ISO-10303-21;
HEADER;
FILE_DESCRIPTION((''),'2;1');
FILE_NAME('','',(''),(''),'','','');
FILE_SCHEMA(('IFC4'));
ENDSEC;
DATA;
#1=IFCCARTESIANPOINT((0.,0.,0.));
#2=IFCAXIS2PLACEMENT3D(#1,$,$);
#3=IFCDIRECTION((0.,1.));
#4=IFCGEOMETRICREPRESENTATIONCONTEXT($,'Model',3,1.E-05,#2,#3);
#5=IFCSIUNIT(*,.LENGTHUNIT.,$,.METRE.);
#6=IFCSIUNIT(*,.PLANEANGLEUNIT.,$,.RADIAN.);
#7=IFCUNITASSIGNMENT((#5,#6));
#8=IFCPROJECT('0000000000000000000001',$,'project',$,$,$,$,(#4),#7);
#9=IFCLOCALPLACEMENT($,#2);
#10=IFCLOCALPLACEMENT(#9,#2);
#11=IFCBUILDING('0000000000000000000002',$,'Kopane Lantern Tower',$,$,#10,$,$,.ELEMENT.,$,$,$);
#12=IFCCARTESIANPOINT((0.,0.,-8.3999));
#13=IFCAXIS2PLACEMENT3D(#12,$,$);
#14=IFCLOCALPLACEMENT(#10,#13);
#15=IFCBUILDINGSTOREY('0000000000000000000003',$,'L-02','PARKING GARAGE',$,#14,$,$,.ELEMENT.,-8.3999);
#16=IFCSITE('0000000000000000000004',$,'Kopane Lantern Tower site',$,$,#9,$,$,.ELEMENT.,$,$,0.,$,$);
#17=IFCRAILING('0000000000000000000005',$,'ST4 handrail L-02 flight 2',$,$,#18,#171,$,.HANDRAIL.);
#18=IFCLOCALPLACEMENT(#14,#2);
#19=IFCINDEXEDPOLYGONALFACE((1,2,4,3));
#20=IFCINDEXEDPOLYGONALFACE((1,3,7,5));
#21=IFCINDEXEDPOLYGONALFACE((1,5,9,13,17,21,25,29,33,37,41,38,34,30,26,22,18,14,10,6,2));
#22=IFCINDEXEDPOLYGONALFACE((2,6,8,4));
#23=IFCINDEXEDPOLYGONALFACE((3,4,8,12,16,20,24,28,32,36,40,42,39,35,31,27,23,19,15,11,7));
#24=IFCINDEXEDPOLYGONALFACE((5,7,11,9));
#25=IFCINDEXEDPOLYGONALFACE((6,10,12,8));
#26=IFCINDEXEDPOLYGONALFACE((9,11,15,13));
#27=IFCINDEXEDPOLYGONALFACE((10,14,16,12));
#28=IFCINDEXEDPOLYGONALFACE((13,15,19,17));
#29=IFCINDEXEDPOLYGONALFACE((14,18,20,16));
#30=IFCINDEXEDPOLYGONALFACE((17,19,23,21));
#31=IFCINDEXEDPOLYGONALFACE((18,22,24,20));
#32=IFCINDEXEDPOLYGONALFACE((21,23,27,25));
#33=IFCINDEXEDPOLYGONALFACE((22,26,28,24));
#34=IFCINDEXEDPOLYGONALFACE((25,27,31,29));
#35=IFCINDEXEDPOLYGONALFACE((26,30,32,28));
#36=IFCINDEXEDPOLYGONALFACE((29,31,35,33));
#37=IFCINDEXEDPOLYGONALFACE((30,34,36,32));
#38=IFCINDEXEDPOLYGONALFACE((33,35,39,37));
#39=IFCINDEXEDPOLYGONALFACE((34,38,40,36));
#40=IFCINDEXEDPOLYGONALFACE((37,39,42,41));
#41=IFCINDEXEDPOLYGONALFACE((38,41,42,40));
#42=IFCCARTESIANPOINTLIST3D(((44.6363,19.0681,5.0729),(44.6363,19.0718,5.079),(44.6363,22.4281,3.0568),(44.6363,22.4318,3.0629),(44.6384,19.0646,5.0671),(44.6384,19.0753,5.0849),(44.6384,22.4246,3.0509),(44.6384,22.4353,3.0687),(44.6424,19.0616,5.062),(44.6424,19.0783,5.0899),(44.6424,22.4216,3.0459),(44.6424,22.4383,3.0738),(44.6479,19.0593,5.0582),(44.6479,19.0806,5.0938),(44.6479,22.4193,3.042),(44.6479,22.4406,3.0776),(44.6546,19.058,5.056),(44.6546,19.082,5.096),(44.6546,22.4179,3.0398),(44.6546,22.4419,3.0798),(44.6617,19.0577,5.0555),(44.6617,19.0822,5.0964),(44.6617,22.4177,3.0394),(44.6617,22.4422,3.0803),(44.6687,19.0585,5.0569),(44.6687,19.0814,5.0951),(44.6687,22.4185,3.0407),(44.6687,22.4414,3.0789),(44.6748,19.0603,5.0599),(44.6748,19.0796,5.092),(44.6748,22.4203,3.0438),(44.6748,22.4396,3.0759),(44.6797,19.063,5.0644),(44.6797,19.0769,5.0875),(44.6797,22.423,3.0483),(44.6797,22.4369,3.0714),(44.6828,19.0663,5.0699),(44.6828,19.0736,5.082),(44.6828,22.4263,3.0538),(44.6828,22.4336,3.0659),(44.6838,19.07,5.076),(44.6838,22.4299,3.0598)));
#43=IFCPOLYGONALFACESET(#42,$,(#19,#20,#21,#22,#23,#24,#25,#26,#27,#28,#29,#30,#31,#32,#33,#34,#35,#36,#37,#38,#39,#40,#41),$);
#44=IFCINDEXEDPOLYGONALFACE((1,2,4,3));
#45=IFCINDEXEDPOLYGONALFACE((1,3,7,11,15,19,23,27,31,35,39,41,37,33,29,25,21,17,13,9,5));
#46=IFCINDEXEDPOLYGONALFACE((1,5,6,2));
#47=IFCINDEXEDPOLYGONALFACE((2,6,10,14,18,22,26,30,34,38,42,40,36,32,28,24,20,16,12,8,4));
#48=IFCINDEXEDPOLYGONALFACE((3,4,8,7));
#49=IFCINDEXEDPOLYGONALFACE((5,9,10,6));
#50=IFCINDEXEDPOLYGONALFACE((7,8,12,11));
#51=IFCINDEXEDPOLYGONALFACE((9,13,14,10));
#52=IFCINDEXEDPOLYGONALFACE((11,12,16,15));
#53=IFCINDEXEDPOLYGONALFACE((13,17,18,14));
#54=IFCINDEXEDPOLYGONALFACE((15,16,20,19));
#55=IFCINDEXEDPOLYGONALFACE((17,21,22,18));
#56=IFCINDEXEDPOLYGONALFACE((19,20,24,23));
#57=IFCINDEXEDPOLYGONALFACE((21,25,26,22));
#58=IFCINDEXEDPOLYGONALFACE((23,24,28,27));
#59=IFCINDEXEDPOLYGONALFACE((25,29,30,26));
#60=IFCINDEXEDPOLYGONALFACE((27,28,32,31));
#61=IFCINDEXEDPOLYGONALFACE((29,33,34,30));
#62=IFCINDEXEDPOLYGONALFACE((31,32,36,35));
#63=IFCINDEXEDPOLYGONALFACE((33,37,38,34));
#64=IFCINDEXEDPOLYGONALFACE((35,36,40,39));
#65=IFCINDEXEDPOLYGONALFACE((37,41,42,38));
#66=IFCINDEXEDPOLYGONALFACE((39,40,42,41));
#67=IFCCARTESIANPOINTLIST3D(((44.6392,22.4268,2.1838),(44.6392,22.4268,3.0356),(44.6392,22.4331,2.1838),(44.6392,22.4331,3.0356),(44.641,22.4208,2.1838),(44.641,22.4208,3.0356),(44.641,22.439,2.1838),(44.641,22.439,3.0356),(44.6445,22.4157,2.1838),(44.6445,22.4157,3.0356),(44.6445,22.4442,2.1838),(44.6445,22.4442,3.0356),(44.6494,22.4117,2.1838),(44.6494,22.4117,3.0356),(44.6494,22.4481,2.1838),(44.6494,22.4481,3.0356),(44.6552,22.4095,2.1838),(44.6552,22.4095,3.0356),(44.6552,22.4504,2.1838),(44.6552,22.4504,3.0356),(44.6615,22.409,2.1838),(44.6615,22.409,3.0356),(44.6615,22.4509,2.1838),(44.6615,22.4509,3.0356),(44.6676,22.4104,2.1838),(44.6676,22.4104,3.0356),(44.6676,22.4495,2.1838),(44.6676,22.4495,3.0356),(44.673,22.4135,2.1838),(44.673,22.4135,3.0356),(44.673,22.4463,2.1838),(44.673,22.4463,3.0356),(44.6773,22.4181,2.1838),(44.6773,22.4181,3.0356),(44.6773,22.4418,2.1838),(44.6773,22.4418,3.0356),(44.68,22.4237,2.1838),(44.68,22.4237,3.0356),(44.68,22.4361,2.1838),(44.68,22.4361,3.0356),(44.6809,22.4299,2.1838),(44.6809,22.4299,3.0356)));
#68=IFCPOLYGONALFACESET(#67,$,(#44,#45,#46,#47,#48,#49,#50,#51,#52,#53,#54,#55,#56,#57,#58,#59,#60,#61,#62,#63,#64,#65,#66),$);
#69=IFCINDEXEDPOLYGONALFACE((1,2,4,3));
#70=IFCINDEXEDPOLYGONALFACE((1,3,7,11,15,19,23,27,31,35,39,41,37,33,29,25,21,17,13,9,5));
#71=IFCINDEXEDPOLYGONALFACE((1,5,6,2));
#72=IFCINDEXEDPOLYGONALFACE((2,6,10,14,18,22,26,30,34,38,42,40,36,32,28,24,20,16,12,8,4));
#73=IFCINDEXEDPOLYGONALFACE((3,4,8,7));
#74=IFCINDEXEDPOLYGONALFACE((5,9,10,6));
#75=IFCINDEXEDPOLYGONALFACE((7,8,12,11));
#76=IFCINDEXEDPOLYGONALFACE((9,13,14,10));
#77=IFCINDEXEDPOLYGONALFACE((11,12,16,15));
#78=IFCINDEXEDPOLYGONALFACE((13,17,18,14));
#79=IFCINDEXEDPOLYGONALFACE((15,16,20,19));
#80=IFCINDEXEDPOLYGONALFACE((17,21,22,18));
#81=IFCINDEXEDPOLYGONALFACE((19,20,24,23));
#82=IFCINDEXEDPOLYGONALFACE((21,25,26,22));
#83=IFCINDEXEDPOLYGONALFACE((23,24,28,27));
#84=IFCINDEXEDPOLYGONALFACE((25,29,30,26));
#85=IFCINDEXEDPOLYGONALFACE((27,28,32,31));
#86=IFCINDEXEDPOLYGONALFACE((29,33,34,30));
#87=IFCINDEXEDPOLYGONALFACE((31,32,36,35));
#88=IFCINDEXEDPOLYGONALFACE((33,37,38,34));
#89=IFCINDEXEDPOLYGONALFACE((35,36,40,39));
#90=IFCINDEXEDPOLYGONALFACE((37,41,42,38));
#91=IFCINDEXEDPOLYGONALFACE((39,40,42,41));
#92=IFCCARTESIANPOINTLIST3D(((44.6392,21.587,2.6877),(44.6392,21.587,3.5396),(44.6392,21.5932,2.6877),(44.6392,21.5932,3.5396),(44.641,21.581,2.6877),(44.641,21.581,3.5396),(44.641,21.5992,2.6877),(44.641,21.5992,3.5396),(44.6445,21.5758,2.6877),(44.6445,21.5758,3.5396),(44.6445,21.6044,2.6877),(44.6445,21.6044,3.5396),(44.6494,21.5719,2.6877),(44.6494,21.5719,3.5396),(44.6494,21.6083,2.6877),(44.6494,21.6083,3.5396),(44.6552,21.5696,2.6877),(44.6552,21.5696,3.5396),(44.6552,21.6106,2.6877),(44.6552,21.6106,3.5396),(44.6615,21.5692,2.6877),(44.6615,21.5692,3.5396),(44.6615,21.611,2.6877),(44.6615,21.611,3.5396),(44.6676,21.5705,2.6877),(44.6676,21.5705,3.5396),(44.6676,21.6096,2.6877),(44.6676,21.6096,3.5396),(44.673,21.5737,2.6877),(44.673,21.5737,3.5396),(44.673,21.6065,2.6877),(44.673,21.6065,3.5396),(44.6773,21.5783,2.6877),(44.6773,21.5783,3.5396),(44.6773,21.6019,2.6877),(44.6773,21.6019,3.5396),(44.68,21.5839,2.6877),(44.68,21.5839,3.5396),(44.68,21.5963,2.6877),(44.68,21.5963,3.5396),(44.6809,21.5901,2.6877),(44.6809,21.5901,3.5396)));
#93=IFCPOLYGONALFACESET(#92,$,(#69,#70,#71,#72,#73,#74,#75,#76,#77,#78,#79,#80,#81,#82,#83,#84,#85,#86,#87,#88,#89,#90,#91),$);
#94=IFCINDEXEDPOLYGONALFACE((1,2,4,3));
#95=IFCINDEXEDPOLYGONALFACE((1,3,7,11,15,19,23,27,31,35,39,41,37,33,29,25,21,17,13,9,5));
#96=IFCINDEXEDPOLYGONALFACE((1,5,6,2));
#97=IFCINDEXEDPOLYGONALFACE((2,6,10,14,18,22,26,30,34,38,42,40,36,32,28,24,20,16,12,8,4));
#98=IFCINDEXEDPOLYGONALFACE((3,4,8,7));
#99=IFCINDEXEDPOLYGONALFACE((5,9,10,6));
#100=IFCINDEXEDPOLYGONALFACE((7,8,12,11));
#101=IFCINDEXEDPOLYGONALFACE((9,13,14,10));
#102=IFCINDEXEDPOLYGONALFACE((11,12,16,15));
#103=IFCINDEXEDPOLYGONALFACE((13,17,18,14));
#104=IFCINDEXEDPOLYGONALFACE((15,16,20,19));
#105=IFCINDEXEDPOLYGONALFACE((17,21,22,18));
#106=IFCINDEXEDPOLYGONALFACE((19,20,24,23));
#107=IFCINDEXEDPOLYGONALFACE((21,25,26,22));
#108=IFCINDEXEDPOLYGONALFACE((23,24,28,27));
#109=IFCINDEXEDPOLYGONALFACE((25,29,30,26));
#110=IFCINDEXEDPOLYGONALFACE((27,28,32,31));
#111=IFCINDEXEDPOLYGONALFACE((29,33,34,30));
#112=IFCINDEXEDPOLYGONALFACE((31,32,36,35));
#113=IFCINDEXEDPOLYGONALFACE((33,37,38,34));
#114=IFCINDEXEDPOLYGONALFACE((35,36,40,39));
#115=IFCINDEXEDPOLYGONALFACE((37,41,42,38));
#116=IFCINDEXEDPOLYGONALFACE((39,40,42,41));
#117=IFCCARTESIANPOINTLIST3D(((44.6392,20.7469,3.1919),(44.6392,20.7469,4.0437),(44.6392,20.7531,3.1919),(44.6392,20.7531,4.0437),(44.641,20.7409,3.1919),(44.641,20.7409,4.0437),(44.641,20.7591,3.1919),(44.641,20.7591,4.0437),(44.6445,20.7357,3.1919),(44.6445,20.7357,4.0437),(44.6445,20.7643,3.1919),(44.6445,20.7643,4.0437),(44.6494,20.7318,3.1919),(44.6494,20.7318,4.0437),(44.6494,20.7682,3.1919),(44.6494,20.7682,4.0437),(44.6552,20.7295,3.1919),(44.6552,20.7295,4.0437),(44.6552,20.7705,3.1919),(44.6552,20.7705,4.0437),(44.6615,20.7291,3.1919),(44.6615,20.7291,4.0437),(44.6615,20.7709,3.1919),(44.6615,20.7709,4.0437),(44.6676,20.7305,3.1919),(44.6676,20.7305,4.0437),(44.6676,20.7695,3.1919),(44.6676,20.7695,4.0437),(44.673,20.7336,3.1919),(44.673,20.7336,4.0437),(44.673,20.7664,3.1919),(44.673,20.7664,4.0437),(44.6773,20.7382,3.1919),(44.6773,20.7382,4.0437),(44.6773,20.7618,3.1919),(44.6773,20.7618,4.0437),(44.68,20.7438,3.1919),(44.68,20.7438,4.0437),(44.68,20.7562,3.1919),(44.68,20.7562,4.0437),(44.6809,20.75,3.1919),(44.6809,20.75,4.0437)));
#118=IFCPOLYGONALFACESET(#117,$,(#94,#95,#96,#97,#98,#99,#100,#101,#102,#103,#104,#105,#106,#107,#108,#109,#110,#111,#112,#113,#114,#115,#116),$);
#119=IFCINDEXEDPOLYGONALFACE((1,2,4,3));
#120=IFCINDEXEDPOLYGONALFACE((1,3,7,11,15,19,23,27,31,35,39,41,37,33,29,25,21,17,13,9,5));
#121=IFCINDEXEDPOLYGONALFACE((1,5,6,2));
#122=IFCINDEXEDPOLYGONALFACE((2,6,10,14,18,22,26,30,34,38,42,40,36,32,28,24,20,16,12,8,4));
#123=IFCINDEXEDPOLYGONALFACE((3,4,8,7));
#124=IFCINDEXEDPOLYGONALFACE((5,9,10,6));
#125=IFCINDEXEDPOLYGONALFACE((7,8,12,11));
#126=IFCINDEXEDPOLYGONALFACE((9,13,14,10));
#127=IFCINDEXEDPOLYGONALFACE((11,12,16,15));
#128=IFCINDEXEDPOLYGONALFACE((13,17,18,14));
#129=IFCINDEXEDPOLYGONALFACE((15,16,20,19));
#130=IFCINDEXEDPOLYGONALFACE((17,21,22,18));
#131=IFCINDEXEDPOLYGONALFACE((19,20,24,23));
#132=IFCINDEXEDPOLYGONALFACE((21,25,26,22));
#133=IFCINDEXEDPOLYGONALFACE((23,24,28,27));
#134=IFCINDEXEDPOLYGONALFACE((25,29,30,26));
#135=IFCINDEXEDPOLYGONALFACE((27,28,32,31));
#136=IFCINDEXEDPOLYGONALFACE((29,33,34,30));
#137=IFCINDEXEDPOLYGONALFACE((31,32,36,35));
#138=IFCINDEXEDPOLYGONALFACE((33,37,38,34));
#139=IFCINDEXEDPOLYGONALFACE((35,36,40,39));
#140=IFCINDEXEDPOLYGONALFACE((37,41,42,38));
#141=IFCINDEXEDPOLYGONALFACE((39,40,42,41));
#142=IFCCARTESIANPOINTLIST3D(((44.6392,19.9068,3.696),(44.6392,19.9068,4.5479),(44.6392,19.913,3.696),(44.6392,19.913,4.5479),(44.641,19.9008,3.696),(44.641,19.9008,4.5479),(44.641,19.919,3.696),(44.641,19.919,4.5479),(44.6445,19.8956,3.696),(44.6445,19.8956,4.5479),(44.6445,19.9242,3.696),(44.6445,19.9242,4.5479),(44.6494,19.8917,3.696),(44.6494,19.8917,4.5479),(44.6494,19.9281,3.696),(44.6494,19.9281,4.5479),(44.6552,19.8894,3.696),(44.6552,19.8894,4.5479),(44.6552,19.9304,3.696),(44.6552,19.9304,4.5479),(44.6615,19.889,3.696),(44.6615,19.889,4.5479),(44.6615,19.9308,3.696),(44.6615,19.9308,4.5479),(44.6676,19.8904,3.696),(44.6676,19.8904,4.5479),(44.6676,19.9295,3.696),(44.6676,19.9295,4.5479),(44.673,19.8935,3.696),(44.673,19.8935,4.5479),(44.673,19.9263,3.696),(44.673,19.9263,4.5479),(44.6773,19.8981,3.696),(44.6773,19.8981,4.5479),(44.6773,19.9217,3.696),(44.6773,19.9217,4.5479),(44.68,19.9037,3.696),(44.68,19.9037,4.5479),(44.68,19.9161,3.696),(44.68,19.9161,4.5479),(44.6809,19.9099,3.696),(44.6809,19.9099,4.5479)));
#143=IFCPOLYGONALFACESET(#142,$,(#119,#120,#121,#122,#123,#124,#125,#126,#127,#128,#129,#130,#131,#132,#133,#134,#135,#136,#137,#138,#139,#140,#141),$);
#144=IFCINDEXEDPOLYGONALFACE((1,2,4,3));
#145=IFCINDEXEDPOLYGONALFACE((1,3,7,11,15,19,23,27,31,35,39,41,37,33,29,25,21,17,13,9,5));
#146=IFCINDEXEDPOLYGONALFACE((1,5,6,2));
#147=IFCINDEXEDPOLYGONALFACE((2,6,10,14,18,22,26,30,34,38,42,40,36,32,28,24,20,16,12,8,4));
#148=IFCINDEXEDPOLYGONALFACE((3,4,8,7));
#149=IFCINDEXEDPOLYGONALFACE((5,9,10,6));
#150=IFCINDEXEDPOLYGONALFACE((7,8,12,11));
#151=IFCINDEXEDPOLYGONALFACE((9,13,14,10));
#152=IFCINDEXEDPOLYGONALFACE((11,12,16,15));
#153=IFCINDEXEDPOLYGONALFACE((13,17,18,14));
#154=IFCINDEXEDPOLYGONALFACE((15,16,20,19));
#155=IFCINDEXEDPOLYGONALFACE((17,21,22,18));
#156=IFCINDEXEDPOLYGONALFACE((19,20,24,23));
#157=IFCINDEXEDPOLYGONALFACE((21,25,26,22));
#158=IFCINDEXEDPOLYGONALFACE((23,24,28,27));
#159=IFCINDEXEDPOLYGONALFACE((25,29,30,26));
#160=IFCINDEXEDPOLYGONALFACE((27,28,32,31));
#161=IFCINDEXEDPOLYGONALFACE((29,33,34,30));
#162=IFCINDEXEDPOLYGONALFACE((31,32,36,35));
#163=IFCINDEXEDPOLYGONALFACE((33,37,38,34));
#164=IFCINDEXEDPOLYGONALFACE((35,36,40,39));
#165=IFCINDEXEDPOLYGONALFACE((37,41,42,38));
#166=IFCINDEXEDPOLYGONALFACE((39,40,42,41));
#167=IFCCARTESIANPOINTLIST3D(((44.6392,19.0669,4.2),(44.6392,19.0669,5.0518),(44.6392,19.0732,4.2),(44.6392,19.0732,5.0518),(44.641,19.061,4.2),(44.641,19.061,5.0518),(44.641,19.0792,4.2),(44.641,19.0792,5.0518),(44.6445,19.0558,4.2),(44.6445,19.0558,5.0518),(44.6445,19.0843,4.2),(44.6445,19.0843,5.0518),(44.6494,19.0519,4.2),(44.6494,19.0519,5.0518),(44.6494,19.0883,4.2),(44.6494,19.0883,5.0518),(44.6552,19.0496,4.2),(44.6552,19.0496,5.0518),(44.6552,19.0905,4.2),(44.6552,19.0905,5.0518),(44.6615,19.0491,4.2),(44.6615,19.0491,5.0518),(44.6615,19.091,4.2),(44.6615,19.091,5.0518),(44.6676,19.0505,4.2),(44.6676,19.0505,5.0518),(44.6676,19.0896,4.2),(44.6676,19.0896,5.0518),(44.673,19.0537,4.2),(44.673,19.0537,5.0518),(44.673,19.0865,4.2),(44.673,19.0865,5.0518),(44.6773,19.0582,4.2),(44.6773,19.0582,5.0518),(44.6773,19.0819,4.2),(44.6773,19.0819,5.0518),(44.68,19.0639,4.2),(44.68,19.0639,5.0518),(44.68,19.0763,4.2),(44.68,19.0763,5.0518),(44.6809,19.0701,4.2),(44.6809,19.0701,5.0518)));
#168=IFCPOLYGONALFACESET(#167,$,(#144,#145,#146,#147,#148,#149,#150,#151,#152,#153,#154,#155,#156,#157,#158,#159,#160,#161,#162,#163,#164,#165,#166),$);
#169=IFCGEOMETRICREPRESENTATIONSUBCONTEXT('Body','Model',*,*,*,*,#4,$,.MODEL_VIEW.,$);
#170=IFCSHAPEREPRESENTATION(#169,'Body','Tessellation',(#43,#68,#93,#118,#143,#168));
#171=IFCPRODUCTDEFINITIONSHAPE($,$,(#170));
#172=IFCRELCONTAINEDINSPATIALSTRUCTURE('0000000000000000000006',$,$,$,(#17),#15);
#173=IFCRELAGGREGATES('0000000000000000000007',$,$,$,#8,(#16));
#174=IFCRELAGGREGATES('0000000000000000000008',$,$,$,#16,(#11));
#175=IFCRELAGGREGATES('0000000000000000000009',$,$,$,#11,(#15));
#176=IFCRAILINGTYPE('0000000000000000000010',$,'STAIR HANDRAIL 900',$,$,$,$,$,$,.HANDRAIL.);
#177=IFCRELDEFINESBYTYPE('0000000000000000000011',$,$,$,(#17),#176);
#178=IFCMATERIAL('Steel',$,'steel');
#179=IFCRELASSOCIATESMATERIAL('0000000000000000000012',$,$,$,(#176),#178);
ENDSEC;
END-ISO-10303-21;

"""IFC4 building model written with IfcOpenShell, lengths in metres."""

from ifc_helpers import new_model, si_unit, direction, frame, origin, origin_2d, place, context, subcontext, project, spatial, circle, extrude, material, type_object, element, save


model = new_model("IFC4")

# Units and contexts
model_context = context("Model", 3, precision=1e-05, world=origin(), true_north=direction((0.0, 1.0)))
body_context = subcontext(model_context, "Body", "Model", "MODEL_VIEW")
ifc_project = project(units=[si_unit("LENGTHUNIT", "METRE"), si_unit("PLANEANGLEUNIT", "RADIAN")], contexts=[model_context])

# Site, building, storey
site_placement = place(None, origin())
site = spatial("IfcSite", under=ifc_project, at=site_placement, Name="Kopane Lantern Tower site", CompositionType="ELEMENT", RefElevation=0.0)
building_placement = place(site_placement, origin())
building = spatial("IfcBuilding", under=site, at=building_placement, Name="Kopane Lantern Tower", CompositionType="ELEMENT")
storey_placement = place(building_placement, frame((0.0, 0.0, -8.3999)))
storey = spatial("IfcBuildingStorey", under=building, at=storey_placement, Name="L-02", Description="PARKING GARAGE", CompositionType="ELEMENT", Elevation=-8.3999)

# Railing
ifc_material_1 = material(Name="Steel", Category="steel")
railing_type_1 = type_object("IfcRailingType", Name="STAIR HANDRAIL 900", PredefinedType="HANDRAIL", material=ifc_material_1)
for number, where, name in (
    (1, (44.6599, 22.4299, 2.1838), "ST4 handrail L-02 flight 2"),
):
    element("IfcRailing", number, at=place(storey_placement, frame(where)), inside=storey, type_object=railing_type_1, Name=name, PredefinedType="HANDRAIL", context=body_context, shape_type="SweptSolid", body=[
        extrude(circle(Radius=0.0239, at=origin_2d()), frame((0.0, 0.0, 0.876), z_axis=(0.0, -0.857471, 0.514532), x_axis=(1.0, 0.0, 0.0)), (0.0, 0.0, 1.0), 3.9185),
        extrude(circle(Radius=0.021, at=origin_2d()), origin(), (0.0, 0.0, 1.0), 0.8518),
        extrude(circle(Radius=0.021, at=origin_2d()), frame((0.0, -0.8398, 0.5039)), (0.0, 0.0, 1.0), 0.8518),
        extrude(circle(Radius=0.021, at=origin_2d()), frame((0.0, -1.6799, 1.0081)), (0.0, 0.0, 1.0), 0.8518),
        extrude(circle(Radius=0.021, at=origin_2d()), frame((0.0, -2.52, 1.5122)), (0.0, 0.0, 1.0), 0.8518),
        extrude(circle(Radius=0.021, at=origin_2d()), frame((0.0, -3.3599, 2.0161)), (0.0, 0.0, 1.0), 0.8518),
    ])

save(model, "model.ifc")
